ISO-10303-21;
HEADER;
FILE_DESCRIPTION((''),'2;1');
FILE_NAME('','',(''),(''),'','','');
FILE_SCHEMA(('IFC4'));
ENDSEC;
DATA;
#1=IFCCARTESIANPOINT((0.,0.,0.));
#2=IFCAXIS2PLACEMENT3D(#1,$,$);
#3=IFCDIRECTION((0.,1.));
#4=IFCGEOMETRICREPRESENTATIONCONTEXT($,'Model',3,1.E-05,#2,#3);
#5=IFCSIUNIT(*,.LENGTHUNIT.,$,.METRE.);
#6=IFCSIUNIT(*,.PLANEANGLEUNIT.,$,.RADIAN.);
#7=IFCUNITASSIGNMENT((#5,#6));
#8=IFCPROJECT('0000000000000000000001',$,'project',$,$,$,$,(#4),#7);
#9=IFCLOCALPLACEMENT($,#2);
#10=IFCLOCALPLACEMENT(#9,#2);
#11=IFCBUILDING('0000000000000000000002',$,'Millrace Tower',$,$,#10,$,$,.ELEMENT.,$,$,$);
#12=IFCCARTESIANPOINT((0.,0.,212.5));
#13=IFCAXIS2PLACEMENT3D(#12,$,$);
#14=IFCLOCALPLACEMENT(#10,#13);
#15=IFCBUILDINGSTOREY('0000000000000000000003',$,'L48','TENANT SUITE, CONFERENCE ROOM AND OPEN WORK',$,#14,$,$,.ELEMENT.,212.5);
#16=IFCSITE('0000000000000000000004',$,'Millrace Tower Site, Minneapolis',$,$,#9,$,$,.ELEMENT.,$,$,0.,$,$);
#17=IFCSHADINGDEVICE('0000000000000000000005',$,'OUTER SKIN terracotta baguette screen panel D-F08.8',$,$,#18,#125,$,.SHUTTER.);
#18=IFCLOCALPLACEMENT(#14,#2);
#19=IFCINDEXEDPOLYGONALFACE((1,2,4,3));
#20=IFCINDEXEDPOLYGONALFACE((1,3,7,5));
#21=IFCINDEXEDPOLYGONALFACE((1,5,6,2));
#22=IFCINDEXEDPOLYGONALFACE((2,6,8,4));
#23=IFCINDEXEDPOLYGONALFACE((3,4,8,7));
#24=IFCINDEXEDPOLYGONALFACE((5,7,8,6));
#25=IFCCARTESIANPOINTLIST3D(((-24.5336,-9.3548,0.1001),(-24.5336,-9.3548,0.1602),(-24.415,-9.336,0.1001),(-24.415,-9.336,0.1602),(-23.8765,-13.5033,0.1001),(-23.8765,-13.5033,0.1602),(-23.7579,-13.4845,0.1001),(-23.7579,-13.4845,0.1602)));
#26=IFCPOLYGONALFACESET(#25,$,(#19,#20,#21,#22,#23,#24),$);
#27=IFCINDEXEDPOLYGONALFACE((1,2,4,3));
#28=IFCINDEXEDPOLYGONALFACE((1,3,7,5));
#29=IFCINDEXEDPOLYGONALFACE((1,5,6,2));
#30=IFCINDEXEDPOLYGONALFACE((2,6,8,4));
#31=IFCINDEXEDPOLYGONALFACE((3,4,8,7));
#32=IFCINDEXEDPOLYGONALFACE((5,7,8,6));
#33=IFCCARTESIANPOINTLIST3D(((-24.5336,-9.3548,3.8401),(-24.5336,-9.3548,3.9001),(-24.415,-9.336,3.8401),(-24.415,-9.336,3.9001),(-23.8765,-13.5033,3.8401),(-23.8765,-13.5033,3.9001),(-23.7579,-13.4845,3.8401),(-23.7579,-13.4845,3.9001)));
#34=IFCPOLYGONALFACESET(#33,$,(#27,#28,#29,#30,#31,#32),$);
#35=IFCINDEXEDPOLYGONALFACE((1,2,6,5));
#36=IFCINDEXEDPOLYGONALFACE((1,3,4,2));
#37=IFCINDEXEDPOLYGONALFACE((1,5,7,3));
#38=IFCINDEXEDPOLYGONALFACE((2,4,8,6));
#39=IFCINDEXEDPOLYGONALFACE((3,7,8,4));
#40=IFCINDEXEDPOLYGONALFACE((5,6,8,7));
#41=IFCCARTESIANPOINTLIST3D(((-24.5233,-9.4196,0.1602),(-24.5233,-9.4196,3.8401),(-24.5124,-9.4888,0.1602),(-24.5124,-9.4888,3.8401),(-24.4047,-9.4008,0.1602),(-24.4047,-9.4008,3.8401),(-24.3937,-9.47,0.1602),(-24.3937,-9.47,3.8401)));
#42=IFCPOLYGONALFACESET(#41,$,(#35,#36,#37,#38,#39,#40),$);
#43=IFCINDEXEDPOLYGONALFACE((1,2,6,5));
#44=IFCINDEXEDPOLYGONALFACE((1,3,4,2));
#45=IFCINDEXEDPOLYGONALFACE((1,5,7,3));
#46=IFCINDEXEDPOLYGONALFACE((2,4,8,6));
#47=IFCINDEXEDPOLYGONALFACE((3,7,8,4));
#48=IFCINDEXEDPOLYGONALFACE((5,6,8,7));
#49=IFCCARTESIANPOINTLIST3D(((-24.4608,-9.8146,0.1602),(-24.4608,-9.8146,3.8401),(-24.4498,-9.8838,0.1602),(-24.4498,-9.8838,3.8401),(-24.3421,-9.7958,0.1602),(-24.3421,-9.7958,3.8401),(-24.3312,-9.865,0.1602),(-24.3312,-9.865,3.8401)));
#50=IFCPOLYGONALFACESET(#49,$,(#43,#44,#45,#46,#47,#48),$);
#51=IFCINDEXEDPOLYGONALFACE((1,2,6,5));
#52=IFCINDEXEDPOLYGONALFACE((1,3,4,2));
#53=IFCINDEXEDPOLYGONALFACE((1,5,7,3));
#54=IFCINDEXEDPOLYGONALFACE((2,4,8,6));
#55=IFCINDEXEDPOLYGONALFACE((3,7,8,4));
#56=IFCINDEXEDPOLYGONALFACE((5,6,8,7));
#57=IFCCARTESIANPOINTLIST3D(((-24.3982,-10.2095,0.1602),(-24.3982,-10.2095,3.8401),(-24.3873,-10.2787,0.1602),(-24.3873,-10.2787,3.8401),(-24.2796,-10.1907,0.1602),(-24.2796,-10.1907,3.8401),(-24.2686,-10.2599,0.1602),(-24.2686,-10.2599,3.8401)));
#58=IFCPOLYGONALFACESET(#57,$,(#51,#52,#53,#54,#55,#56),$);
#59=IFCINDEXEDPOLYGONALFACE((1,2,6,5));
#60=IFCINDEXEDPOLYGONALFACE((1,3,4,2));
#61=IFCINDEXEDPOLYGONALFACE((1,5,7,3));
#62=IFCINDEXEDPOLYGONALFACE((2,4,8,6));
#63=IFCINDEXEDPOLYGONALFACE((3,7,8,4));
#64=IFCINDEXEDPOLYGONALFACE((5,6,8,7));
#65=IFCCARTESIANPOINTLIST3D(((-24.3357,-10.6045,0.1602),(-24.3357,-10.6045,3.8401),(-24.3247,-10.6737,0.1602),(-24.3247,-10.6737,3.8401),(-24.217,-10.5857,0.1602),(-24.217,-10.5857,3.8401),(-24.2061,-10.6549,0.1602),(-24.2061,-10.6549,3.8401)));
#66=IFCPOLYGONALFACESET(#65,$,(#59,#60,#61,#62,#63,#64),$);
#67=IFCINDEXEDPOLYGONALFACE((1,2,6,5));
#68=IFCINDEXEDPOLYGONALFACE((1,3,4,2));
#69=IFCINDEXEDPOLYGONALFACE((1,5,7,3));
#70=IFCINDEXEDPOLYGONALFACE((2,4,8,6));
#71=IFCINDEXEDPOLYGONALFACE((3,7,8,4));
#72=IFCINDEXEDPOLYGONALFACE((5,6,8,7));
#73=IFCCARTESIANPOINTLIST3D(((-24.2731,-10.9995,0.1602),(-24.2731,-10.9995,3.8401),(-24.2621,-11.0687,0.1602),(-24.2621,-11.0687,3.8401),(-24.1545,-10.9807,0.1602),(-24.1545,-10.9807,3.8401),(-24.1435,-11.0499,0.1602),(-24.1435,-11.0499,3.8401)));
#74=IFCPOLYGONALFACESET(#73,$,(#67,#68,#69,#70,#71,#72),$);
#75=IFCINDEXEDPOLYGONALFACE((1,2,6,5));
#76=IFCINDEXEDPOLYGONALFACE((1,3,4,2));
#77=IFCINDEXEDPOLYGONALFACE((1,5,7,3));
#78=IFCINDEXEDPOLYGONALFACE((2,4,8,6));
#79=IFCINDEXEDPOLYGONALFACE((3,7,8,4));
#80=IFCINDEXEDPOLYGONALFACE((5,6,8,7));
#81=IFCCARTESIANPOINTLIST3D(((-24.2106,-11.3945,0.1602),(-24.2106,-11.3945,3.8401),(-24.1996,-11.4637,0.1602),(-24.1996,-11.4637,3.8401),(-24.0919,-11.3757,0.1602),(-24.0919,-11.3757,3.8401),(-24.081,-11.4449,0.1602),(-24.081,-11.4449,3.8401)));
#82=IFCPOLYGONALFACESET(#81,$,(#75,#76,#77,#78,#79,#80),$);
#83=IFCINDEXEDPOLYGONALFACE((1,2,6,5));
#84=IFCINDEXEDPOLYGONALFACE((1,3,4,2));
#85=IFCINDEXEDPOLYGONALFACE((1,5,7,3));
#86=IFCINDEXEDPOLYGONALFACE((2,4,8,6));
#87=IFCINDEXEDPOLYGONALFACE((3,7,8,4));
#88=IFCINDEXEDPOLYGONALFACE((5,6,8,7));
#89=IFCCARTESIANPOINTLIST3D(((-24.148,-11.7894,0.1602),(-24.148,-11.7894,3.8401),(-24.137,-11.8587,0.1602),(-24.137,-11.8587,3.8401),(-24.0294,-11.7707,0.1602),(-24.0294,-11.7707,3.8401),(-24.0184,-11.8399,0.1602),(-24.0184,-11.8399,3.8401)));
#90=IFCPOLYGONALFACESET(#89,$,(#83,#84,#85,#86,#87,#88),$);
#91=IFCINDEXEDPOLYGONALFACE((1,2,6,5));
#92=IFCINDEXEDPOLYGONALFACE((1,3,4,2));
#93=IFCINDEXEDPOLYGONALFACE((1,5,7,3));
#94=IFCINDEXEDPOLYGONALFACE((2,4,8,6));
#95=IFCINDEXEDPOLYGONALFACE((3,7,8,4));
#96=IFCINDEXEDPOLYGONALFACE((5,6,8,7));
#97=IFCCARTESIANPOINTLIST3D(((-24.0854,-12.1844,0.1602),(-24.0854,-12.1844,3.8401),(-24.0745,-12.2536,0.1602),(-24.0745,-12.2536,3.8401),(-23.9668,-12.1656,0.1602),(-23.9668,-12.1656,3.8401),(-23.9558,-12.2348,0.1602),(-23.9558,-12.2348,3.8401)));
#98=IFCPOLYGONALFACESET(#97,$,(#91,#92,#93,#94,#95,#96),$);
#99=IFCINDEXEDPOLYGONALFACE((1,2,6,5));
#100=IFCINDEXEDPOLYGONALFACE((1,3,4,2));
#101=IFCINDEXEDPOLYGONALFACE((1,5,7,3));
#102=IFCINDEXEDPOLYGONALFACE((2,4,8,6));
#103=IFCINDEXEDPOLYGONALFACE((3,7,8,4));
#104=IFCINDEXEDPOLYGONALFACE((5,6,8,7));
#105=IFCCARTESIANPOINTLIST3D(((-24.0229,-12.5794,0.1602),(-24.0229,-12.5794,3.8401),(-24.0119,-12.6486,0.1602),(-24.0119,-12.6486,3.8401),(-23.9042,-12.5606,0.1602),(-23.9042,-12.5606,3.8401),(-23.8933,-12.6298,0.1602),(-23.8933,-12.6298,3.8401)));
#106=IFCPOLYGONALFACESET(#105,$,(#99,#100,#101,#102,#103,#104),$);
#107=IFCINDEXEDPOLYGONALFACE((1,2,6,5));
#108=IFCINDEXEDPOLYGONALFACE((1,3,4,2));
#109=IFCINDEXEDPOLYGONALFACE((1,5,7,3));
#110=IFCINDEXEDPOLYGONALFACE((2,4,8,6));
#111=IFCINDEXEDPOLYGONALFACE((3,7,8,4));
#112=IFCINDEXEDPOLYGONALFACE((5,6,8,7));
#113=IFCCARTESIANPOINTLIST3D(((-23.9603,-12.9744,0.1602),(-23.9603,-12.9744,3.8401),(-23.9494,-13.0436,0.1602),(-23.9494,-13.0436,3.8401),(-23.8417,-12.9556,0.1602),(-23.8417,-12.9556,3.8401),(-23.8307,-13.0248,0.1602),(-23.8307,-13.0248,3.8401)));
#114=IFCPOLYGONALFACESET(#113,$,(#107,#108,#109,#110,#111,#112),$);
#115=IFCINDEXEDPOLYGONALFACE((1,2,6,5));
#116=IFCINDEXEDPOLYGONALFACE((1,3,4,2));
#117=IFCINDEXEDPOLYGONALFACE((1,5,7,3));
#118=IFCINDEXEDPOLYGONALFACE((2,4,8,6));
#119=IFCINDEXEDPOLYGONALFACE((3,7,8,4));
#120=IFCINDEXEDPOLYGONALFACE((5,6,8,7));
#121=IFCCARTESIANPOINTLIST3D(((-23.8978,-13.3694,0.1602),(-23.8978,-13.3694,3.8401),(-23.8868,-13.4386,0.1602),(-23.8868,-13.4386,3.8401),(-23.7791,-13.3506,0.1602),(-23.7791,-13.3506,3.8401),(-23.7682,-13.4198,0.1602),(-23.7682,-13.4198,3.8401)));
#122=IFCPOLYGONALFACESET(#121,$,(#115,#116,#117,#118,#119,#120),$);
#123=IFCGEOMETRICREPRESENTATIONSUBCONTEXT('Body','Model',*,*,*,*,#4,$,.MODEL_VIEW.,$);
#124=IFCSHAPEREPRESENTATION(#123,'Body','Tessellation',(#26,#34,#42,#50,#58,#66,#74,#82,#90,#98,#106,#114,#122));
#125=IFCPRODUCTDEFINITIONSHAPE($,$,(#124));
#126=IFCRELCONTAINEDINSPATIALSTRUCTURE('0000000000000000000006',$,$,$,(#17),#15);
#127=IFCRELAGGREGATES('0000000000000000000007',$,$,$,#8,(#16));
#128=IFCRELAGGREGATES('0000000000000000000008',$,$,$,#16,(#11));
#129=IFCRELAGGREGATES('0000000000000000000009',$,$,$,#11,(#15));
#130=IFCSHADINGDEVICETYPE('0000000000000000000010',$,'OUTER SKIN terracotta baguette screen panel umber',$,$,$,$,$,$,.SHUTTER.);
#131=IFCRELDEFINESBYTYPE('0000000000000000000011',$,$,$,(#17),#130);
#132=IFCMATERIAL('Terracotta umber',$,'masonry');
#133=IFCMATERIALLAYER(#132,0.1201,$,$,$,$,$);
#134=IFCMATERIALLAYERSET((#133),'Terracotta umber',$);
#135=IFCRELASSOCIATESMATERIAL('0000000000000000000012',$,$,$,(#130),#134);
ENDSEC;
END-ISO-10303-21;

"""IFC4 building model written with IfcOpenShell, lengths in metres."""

from ifc_helpers import new_model, entity, si_unit, direction, frame, frame_2d, origin, origin_2d, place, context, subcontext, project, spatial, rectangle, extrude, source, transform, mapped, material, layer, layer_set, type_object, element, save


model = new_model("IFC4")

# Units and contexts
model_context = context("Model", 3, precision=1e-05, world=origin(), true_north=direction((0.0, 1.0)))
body_context = subcontext(model_context, "Body", "Model", "MODEL_VIEW")
ifc_project = project(units=[si_unit("LENGTHUNIT", "METRE"), si_unit("PLANEANGLEUNIT", "RADIAN")], contexts=[model_context])

# Site, building, storey
site_placement = place(None, origin())
site = spatial("IfcSite", under=ifc_project, at=site_placement, Name="Millrace Tower Site, Minneapolis", CompositionType="ELEMENT", RefElevation=0.0)
building_placement = place(site_placement, origin())
building = spatial("IfcBuilding", under=site, at=building_placement, Name="Millrace Tower", CompositionType="ELEMENT")
storey_placement = place(building_placement, frame((0.0, 0.0, 212.5)))
storey = spatial("IfcBuildingStorey", under=building, at=storey_placement, Name="L48", Description="TENANT SUITE, CONFERENCE ROOM AND OPEN WORK", CompositionType="ELEMENT", Elevation=212.5)

# Shading device
ifc_material_1 = material(Name="Terracotta umber", Category="masonry")
ifc_layer_1 = layer(ifc_material_1, 0.1201)
ifc_layer_set_1 = layer_set([ifc_layer_1], Name="Terracotta umber")
shading_device_type = type_object("IfcShadingDeviceType", Name="OUTER SKIN terracotta baguette screen panel umber", PredefinedType="SHUTTER", material=ifc_layer_set_1)
cartesian_point = entity("IfcCartesianPoint", [-2.1001, 0.0601])
shared_polyline = entity("IfcPolyline", [cartesian_point, entity("IfcCartesianPoint", [2.1001, 0.0601]), entity("IfcCartesianPoint", [2.1001, -0.0601]), entity("IfcCartesianPoint", [-2.1001, -0.0601]), cartesian_point])
shared_shape = source(origin(), body_context, "Body", "SweptSolid", [
    entity("IfcExtrudedAreaSolid", entity("IfcArbitraryClosedProfileDef", "AREA", None, shared_polyline), entity("IfcAxis2Placement3D", entity("IfcCartesianPoint", [0.0, 0.0, 0.0])), entity("IfcDirection", [0.0, 0.0, 1.0]), 0.0601),
    entity("IfcExtrudedAreaSolid", entity("IfcArbitraryClosedProfileDef", "AREA", None, shared_polyline), entity("IfcAxis2Placement3D", entity("IfcCartesianPoint", [0.0, 0.0, 3.74])), entity("IfcDirection", [0.0, 0.0, 1.0]), 0.0601),
    extrude(rectangle(XDim=0.0701, YDim=0.1201, at=frame_2d((-1.9995, 0.0))), frame((0.0, 0.0, 0.0601)), (0.0, 0.0, 1.0), 3.6799),
    extrude(rectangle(XDim=0.0701, YDim=0.1201, at=frame_2d((-1.5996, 0.0))), frame((0.0, 0.0, 0.0601)), (0.0, 0.0, 1.0), 3.6799),
    extrude(rectangle(XDim=0.0701, YDim=0.1201, at=frame_2d((-1.1997, 0.0))), frame((0.0, 0.0, 0.0601)), (0.0, 0.0, 1.0), 3.6799),
    extrude(rectangle(XDim=0.0701, YDim=0.1201, at=frame_2d((-0.7998, 0.0))), frame((0.0, 0.0, 0.0601)), (0.0, 0.0, 1.0), 3.6799),
    extrude(rectangle(XDim=0.0701, YDim=0.1201, at=frame_2d((-0.3999, 0.0))), frame((0.0, 0.0, 0.0601)), (0.0, 0.0, 1.0), 3.6799),
    extrude(rectangle(XDim=0.0701, YDim=0.1201, at=origin_2d()), frame((0.0, 0.0, 0.0601)), (0.0, 0.0, 1.0), 3.6799),
    extrude(rectangle(XDim=0.0701, YDim=0.1201, at=frame_2d((0.3999, 0.0))), frame((0.0, 0.0, 0.0601)), (0.0, 0.0, 1.0), 3.6799),
    extrude(rectangle(XDim=0.0701, YDim=0.1201, at=frame_2d((0.7998, 0.0))), frame((0.0, 0.0, 0.0601)), (0.0, 0.0, 1.0), 3.6799),
    extrude(rectangle(XDim=0.0701, YDim=0.1201, at=frame_2d((1.1997, 0.0))), frame((0.0, 0.0, 0.0601)), (0.0, 0.0, 1.0), 3.6799),
    extrude(rectangle(XDim=0.0701, YDim=0.1201, at=frame_2d((1.5996, 0.0))), frame((0.0, 0.0, 0.0601)), (0.0, 0.0, 1.0), 3.6799),
    extrude(rectangle(XDim=0.0701, YDim=0.1201, at=frame_2d((1.9995, 0.0))), frame((0.0, 0.0, 0.0601)), (0.0, 0.0, 1.0), 3.6799),
])
for number, where, z_axis, x_axis, name in (
    (1, (-24.1458, -11.4197, 0.1001), (0.0, 0.0, 1.0), (0.156434, -0.987688, 0.0), "OUTER SKIN terracotta baguette screen panel D-F08.8"),
):
    element("IfcShadingDevice", number, at=place(storey_placement, frame(where, z_axis=z_axis, x_axis=x_axis)), inside=storey, type_object=shading_device_type, Name=name, PredefinedType="SHUTTER", context=body_context, shape_type="MappedRepresentation", body=[
        mapped(shared_shape, transform((0.0, 0.0, 0.0), scale=1.0)),
    ])

save(model, "model.ifc")
